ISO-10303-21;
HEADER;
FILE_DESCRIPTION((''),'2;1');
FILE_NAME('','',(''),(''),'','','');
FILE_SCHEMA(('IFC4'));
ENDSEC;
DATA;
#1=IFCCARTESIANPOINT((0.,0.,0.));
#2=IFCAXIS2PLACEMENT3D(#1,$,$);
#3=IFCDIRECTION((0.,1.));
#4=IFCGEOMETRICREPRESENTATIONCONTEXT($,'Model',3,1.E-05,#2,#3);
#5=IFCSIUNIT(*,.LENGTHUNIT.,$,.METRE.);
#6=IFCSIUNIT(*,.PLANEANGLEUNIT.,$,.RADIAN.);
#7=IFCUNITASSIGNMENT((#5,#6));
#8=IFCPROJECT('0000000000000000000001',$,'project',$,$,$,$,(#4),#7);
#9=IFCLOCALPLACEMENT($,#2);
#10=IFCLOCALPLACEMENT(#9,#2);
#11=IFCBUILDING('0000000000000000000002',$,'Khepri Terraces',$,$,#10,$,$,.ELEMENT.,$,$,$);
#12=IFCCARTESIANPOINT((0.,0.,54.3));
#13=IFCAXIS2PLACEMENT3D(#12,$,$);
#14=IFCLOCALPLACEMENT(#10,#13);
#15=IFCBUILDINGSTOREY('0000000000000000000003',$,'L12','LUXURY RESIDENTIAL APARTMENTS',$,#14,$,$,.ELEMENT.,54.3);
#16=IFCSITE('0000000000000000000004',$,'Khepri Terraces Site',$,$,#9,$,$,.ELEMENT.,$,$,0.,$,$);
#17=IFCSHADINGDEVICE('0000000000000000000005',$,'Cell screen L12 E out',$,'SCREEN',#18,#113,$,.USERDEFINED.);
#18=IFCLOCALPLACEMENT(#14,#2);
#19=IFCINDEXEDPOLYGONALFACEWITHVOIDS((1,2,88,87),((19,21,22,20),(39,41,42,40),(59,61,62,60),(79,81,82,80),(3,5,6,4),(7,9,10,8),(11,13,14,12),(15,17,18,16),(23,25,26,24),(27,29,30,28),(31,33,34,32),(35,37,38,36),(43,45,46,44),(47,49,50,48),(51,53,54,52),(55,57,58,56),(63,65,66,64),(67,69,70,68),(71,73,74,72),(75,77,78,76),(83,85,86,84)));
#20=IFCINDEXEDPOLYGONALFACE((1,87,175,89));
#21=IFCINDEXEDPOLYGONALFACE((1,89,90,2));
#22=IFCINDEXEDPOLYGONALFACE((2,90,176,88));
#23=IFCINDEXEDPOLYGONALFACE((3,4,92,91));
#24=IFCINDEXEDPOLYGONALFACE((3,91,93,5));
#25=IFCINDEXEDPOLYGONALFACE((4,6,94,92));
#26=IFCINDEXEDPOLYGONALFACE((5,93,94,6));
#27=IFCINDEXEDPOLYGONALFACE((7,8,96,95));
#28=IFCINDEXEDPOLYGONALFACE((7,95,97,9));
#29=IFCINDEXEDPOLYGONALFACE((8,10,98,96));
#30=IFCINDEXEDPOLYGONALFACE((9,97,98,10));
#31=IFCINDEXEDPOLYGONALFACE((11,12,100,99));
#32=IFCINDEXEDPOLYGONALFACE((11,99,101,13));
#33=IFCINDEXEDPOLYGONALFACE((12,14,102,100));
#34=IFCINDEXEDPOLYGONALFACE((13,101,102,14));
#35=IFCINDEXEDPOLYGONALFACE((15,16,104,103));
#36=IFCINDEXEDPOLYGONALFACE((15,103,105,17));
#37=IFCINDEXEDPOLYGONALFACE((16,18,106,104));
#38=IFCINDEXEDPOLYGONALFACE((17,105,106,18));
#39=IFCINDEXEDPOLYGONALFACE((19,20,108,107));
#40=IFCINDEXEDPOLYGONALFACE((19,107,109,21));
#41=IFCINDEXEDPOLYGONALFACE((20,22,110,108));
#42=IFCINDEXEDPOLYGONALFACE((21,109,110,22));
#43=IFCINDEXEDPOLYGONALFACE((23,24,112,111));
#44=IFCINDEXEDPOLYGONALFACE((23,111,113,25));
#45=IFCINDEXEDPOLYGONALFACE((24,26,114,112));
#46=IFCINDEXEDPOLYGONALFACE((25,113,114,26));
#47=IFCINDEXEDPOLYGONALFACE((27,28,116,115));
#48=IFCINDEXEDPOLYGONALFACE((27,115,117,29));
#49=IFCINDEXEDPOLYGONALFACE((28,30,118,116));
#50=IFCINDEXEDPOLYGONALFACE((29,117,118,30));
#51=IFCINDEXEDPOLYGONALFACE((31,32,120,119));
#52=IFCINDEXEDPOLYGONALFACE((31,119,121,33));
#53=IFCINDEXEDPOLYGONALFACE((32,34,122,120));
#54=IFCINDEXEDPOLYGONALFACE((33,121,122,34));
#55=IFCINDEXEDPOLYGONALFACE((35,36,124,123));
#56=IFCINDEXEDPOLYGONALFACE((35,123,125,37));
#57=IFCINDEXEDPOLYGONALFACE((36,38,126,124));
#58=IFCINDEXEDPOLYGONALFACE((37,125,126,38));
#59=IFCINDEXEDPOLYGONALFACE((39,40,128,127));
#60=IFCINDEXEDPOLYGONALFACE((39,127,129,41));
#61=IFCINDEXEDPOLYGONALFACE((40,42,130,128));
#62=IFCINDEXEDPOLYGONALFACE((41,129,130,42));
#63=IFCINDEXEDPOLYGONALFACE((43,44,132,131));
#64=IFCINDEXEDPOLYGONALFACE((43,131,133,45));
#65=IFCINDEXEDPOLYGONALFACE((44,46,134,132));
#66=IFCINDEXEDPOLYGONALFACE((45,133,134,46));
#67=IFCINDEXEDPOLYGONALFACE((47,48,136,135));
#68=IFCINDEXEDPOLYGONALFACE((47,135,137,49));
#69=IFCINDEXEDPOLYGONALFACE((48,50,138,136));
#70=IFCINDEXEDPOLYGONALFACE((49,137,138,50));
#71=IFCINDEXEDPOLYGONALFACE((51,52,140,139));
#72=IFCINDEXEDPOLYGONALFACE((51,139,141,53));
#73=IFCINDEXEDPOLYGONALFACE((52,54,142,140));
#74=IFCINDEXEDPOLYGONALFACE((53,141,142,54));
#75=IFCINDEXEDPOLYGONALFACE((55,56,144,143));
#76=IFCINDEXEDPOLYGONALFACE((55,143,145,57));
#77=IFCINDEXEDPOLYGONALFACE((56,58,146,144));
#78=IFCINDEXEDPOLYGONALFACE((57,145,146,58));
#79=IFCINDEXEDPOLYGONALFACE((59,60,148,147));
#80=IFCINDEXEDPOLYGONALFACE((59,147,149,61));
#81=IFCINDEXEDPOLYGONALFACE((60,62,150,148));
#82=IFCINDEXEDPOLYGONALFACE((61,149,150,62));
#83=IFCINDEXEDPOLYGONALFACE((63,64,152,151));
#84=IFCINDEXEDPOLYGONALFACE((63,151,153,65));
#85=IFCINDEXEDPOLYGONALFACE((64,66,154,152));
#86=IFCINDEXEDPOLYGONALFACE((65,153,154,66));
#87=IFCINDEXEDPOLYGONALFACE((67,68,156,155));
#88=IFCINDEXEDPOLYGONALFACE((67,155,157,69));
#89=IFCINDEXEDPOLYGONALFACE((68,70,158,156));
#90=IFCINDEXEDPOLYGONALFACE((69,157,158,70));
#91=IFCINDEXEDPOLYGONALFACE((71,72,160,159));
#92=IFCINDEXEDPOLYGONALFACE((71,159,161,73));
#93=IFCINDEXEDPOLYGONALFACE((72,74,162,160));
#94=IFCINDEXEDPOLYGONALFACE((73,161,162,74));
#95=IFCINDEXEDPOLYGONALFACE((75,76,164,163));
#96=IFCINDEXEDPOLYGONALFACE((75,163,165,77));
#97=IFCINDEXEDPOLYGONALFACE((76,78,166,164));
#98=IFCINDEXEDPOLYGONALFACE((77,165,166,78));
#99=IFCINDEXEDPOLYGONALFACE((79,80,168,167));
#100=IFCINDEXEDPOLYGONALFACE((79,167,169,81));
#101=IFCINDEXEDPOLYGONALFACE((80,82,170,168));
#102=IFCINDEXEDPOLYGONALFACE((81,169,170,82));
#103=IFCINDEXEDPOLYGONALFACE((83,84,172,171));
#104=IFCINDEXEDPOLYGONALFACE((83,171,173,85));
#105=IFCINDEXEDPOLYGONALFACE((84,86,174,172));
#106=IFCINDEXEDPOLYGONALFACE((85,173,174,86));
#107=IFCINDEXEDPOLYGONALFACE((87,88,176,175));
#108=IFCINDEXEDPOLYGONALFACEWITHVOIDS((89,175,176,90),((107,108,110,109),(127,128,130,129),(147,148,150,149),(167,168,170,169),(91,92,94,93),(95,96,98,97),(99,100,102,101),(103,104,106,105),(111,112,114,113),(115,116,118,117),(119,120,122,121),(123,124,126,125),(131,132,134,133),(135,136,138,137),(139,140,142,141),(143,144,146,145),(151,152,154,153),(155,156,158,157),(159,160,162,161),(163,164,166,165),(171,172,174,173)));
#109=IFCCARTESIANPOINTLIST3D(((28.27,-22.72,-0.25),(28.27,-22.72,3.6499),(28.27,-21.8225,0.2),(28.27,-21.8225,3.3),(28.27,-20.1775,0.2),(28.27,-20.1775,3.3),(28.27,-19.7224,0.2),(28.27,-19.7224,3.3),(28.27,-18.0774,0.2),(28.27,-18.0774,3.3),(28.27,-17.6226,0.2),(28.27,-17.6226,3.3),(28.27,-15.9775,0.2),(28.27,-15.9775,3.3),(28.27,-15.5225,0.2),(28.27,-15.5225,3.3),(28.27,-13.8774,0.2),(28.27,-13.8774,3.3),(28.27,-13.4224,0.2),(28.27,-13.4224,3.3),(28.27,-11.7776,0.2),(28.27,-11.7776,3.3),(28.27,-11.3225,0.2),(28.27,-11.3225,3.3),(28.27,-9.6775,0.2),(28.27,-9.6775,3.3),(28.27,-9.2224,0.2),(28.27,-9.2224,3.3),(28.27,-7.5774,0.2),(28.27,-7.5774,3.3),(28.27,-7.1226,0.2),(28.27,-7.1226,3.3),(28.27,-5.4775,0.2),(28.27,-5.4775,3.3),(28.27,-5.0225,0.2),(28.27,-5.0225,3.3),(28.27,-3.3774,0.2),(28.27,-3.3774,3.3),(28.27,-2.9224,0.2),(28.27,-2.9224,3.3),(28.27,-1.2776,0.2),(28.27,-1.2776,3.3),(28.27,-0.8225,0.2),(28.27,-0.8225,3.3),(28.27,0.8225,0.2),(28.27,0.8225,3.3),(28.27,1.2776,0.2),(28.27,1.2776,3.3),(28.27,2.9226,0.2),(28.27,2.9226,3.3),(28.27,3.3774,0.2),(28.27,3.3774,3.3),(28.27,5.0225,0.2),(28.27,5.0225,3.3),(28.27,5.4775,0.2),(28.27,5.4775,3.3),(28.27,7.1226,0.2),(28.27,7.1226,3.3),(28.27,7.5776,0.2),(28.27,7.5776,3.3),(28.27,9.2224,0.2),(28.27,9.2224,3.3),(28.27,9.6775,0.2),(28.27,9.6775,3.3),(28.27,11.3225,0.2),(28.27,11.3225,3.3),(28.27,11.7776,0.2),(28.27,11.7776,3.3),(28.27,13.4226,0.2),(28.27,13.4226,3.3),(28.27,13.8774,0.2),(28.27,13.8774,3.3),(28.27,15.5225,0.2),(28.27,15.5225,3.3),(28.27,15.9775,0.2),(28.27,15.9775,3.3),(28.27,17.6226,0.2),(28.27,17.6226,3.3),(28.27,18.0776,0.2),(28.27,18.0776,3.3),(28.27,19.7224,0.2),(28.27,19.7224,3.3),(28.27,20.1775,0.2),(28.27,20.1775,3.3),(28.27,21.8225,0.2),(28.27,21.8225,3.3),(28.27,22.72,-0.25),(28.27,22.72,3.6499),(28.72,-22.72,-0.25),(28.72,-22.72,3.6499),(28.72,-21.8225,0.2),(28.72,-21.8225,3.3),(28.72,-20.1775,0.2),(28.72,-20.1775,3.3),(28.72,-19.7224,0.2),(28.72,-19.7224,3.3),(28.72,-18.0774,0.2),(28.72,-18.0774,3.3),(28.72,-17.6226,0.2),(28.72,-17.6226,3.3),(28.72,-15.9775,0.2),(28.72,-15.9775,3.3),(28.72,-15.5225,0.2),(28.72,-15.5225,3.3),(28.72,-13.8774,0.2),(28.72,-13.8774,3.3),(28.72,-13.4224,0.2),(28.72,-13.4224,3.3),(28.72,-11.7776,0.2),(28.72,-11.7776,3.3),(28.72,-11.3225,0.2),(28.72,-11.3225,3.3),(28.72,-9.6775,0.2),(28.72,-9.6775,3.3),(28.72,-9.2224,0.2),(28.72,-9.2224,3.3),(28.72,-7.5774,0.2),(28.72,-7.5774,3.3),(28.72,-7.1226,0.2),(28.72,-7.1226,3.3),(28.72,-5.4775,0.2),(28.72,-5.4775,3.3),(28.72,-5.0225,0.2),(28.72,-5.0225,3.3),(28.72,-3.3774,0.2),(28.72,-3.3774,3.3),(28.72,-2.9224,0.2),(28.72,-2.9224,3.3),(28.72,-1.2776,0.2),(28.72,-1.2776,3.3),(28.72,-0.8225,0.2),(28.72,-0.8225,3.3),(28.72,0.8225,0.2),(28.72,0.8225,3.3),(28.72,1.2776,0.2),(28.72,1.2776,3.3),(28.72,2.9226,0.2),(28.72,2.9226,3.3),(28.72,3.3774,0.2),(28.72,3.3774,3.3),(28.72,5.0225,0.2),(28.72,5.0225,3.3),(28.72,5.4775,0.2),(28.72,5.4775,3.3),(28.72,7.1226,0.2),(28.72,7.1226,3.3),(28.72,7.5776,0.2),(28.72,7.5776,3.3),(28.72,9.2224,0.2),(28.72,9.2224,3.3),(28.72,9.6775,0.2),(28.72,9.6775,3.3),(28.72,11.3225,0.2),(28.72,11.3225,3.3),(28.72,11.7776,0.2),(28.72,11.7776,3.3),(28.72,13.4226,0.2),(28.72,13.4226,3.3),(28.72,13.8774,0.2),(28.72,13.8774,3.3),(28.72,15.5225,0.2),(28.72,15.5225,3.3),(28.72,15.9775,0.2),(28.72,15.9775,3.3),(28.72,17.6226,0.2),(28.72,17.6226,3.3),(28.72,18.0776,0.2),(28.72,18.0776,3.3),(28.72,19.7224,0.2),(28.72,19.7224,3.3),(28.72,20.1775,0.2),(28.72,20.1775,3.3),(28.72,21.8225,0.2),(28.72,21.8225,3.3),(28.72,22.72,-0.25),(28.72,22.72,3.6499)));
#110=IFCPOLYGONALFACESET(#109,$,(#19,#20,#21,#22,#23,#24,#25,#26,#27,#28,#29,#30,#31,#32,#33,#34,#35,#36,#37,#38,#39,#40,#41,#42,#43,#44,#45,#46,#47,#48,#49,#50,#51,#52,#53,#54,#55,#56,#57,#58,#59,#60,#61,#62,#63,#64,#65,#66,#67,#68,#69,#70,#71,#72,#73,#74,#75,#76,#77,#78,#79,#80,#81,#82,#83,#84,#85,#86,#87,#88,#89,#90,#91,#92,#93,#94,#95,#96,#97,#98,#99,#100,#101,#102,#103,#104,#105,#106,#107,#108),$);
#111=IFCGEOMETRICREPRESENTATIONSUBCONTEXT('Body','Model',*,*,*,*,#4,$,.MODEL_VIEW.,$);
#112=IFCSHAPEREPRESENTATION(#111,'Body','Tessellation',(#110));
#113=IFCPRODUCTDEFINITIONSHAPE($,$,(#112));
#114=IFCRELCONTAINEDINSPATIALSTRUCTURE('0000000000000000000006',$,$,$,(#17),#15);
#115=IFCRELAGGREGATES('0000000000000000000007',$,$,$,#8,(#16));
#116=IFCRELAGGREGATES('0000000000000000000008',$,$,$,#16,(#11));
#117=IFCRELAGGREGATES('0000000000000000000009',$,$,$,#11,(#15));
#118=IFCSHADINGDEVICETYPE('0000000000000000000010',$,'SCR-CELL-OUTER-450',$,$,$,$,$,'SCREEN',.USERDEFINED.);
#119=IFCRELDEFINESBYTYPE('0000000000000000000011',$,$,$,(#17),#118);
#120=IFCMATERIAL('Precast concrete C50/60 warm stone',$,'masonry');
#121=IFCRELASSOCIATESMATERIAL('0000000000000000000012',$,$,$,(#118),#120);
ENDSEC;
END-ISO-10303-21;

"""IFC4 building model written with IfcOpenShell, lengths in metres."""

from ifc_helpers import new_model, si_unit, direction, frame, origin, place, context, subcontext, project, spatial, polyline, outline, extrude, material, type_object, element, save


model = new_model("IFC4")

# Units and contexts
model_context = context("Model", 3, precision=1e-05, world=origin(), true_north=direction((0.0, 1.0)))
body_context = subcontext(model_context, "Body", "Model", "MODEL_VIEW")
ifc_project = project(units=[si_unit("LENGTHUNIT", "METRE"), si_unit("PLANEANGLEUNIT", "RADIAN")], contexts=[model_context])

# Site, building, storey
site_placement = place(None, origin())
site = spatial("IfcSite", under=ifc_project, at=site_placement, Name="Khepri Terraces Site", CompositionType="ELEMENT", RefElevation=0.0)
building_placement = place(site_placement, origin())
building = spatial("IfcBuilding", under=site, at=building_placement, Name="Khepri Terraces", CompositionType="ELEMENT")
storey_placement = place(building_placement, frame((0.0, 0.0, 54.3)))
storey = spatial("IfcBuildingStorey", under=building, at=storey_placement, Name="L12", Description="LUXURY RESIDENTIAL APARTMENTS", CompositionType="ELEMENT", Elevation=54.3)

# Shared definitions
ifc_material_1 = material(Name="Precast concrete C50/60 warm stone", Category="masonry")

# Shading device
shading_device_type_1 = type_object("IfcShadingDeviceType", Name="SCR-CELL-OUTER-450", ElementType="SCREEN", PredefinedType="USERDEFINED", material=ifc_material_1)
shading_device_1_placement = place(storey_placement, frame((28.27, -22.72, -0.25), z_axis=(1.0, 0.0, 0.0), x_axis=(0.0, 1.0, 0.0)))
element("IfcShadingDevice", 1, at=shading_device_1_placement, inside=storey, type_object=shading_device_type_1, Name="Cell screen L12 E out", ObjectType="SCREEN", PredefinedType="USERDEFINED", context=body_context, shape_type="SweptSolid", body=[
    extrude(outline(polyline([(0.0, 0.0), (45.4399, 0.0), (45.4399, 3.8999), (0.0, 3.8999), (0.0, 0.0)]), holes=[polyline([(0.8975, 0.45), (2.5425, 0.45), (2.5425, 3.55), (0.8975, 3.55), (0.8975, 0.45)]), polyline([(2.9976, 0.45), (4.6426, 0.45), (4.6426, 3.55), (2.9976, 3.55), (2.9976, 0.45)]), polyline([(5.0974, 0.45), (6.7424, 0.45), (6.7424, 3.55), (5.0974, 3.55), (5.0974, 0.45)]), polyline([(7.1975, 0.45), (8.8425, 0.45), (8.8425, 3.55), (7.1975, 3.55), (7.1975, 0.45)]), polyline([(9.2976, 0.45), (10.9424, 0.45), (10.9424, 3.55), (9.2976, 3.55), (9.2976, 0.45)]), polyline([(11.3975, 0.45), (13.0425, 0.45), (13.0425, 3.55), (11.3975, 3.55), (11.3975, 0.45)]), polyline([(13.4976, 0.45), (15.1426, 0.45), (15.1426, 3.55), (13.4976, 3.55), (13.4976, 0.45)]), polyline([(15.5974, 0.45), (17.2424, 0.45), (17.2424, 3.55), (15.5974, 3.55), (15.5974, 0.45)]), polyline([(17.6975, 0.45), (19.3425, 0.45), (19.3425, 3.55), (17.6975, 3.55), (17.6975, 0.45)]), polyline([(19.7976, 0.45), (21.4424, 0.45), (21.4424, 3.55), (19.7976, 3.55), (19.7976, 0.45)]), polyline([(21.8975, 0.45), (23.5425, 0.45), (23.5425, 3.55), (21.8975, 3.55), (21.8975, 0.45)]), polyline([(23.9976, 0.45), (25.6426, 0.45), (25.6426, 3.55), (23.9976, 3.55), (23.9976, 0.45)]), polyline([(26.0974, 0.45), (27.7424, 0.45), (27.7424, 3.55), (26.0974, 3.55), (26.0974, 0.45)]), polyline([(28.1975, 0.45), (29.8425, 0.45), (29.8425, 3.55), (28.1975, 3.55), (28.1975, 0.45)]), polyline([(30.2976, 0.45), (31.9424, 0.45), (31.9424, 3.55), (30.2976, 3.55), (30.2976, 0.45)]), polyline([(32.3975, 0.45), (34.0425, 0.45), (34.0425, 3.55), (32.3975, 3.55), (32.3975, 0.45)]), polyline([(34.4976, 0.45), (36.1426, 0.45), (36.1426, 3.55), (34.4976, 3.55), (34.4976, 0.45)]), polyline([(36.5974, 0.45), (38.2424, 0.45), (38.2424, 3.55), (36.5974, 3.55), (36.5974, 0.45)]), polyline([(38.6975, 0.45), (40.3425, 0.45), (40.3425, 3.55), (38.6975, 3.55), (38.6975, 0.45)]), polyline([(40.7976, 0.45), (42.4424, 0.45), (42.4424, 3.55), (40.7976, 3.55), (40.7976, 0.45)]), polyline([(42.8975, 0.45), (44.5425, 0.45), (44.5425, 3.55), (42.8975, 3.55), (42.8975, 0.45)])]), origin(), (0.0, 0.0, 1.0), 0.45),
])

save(model, "model.ifc")
